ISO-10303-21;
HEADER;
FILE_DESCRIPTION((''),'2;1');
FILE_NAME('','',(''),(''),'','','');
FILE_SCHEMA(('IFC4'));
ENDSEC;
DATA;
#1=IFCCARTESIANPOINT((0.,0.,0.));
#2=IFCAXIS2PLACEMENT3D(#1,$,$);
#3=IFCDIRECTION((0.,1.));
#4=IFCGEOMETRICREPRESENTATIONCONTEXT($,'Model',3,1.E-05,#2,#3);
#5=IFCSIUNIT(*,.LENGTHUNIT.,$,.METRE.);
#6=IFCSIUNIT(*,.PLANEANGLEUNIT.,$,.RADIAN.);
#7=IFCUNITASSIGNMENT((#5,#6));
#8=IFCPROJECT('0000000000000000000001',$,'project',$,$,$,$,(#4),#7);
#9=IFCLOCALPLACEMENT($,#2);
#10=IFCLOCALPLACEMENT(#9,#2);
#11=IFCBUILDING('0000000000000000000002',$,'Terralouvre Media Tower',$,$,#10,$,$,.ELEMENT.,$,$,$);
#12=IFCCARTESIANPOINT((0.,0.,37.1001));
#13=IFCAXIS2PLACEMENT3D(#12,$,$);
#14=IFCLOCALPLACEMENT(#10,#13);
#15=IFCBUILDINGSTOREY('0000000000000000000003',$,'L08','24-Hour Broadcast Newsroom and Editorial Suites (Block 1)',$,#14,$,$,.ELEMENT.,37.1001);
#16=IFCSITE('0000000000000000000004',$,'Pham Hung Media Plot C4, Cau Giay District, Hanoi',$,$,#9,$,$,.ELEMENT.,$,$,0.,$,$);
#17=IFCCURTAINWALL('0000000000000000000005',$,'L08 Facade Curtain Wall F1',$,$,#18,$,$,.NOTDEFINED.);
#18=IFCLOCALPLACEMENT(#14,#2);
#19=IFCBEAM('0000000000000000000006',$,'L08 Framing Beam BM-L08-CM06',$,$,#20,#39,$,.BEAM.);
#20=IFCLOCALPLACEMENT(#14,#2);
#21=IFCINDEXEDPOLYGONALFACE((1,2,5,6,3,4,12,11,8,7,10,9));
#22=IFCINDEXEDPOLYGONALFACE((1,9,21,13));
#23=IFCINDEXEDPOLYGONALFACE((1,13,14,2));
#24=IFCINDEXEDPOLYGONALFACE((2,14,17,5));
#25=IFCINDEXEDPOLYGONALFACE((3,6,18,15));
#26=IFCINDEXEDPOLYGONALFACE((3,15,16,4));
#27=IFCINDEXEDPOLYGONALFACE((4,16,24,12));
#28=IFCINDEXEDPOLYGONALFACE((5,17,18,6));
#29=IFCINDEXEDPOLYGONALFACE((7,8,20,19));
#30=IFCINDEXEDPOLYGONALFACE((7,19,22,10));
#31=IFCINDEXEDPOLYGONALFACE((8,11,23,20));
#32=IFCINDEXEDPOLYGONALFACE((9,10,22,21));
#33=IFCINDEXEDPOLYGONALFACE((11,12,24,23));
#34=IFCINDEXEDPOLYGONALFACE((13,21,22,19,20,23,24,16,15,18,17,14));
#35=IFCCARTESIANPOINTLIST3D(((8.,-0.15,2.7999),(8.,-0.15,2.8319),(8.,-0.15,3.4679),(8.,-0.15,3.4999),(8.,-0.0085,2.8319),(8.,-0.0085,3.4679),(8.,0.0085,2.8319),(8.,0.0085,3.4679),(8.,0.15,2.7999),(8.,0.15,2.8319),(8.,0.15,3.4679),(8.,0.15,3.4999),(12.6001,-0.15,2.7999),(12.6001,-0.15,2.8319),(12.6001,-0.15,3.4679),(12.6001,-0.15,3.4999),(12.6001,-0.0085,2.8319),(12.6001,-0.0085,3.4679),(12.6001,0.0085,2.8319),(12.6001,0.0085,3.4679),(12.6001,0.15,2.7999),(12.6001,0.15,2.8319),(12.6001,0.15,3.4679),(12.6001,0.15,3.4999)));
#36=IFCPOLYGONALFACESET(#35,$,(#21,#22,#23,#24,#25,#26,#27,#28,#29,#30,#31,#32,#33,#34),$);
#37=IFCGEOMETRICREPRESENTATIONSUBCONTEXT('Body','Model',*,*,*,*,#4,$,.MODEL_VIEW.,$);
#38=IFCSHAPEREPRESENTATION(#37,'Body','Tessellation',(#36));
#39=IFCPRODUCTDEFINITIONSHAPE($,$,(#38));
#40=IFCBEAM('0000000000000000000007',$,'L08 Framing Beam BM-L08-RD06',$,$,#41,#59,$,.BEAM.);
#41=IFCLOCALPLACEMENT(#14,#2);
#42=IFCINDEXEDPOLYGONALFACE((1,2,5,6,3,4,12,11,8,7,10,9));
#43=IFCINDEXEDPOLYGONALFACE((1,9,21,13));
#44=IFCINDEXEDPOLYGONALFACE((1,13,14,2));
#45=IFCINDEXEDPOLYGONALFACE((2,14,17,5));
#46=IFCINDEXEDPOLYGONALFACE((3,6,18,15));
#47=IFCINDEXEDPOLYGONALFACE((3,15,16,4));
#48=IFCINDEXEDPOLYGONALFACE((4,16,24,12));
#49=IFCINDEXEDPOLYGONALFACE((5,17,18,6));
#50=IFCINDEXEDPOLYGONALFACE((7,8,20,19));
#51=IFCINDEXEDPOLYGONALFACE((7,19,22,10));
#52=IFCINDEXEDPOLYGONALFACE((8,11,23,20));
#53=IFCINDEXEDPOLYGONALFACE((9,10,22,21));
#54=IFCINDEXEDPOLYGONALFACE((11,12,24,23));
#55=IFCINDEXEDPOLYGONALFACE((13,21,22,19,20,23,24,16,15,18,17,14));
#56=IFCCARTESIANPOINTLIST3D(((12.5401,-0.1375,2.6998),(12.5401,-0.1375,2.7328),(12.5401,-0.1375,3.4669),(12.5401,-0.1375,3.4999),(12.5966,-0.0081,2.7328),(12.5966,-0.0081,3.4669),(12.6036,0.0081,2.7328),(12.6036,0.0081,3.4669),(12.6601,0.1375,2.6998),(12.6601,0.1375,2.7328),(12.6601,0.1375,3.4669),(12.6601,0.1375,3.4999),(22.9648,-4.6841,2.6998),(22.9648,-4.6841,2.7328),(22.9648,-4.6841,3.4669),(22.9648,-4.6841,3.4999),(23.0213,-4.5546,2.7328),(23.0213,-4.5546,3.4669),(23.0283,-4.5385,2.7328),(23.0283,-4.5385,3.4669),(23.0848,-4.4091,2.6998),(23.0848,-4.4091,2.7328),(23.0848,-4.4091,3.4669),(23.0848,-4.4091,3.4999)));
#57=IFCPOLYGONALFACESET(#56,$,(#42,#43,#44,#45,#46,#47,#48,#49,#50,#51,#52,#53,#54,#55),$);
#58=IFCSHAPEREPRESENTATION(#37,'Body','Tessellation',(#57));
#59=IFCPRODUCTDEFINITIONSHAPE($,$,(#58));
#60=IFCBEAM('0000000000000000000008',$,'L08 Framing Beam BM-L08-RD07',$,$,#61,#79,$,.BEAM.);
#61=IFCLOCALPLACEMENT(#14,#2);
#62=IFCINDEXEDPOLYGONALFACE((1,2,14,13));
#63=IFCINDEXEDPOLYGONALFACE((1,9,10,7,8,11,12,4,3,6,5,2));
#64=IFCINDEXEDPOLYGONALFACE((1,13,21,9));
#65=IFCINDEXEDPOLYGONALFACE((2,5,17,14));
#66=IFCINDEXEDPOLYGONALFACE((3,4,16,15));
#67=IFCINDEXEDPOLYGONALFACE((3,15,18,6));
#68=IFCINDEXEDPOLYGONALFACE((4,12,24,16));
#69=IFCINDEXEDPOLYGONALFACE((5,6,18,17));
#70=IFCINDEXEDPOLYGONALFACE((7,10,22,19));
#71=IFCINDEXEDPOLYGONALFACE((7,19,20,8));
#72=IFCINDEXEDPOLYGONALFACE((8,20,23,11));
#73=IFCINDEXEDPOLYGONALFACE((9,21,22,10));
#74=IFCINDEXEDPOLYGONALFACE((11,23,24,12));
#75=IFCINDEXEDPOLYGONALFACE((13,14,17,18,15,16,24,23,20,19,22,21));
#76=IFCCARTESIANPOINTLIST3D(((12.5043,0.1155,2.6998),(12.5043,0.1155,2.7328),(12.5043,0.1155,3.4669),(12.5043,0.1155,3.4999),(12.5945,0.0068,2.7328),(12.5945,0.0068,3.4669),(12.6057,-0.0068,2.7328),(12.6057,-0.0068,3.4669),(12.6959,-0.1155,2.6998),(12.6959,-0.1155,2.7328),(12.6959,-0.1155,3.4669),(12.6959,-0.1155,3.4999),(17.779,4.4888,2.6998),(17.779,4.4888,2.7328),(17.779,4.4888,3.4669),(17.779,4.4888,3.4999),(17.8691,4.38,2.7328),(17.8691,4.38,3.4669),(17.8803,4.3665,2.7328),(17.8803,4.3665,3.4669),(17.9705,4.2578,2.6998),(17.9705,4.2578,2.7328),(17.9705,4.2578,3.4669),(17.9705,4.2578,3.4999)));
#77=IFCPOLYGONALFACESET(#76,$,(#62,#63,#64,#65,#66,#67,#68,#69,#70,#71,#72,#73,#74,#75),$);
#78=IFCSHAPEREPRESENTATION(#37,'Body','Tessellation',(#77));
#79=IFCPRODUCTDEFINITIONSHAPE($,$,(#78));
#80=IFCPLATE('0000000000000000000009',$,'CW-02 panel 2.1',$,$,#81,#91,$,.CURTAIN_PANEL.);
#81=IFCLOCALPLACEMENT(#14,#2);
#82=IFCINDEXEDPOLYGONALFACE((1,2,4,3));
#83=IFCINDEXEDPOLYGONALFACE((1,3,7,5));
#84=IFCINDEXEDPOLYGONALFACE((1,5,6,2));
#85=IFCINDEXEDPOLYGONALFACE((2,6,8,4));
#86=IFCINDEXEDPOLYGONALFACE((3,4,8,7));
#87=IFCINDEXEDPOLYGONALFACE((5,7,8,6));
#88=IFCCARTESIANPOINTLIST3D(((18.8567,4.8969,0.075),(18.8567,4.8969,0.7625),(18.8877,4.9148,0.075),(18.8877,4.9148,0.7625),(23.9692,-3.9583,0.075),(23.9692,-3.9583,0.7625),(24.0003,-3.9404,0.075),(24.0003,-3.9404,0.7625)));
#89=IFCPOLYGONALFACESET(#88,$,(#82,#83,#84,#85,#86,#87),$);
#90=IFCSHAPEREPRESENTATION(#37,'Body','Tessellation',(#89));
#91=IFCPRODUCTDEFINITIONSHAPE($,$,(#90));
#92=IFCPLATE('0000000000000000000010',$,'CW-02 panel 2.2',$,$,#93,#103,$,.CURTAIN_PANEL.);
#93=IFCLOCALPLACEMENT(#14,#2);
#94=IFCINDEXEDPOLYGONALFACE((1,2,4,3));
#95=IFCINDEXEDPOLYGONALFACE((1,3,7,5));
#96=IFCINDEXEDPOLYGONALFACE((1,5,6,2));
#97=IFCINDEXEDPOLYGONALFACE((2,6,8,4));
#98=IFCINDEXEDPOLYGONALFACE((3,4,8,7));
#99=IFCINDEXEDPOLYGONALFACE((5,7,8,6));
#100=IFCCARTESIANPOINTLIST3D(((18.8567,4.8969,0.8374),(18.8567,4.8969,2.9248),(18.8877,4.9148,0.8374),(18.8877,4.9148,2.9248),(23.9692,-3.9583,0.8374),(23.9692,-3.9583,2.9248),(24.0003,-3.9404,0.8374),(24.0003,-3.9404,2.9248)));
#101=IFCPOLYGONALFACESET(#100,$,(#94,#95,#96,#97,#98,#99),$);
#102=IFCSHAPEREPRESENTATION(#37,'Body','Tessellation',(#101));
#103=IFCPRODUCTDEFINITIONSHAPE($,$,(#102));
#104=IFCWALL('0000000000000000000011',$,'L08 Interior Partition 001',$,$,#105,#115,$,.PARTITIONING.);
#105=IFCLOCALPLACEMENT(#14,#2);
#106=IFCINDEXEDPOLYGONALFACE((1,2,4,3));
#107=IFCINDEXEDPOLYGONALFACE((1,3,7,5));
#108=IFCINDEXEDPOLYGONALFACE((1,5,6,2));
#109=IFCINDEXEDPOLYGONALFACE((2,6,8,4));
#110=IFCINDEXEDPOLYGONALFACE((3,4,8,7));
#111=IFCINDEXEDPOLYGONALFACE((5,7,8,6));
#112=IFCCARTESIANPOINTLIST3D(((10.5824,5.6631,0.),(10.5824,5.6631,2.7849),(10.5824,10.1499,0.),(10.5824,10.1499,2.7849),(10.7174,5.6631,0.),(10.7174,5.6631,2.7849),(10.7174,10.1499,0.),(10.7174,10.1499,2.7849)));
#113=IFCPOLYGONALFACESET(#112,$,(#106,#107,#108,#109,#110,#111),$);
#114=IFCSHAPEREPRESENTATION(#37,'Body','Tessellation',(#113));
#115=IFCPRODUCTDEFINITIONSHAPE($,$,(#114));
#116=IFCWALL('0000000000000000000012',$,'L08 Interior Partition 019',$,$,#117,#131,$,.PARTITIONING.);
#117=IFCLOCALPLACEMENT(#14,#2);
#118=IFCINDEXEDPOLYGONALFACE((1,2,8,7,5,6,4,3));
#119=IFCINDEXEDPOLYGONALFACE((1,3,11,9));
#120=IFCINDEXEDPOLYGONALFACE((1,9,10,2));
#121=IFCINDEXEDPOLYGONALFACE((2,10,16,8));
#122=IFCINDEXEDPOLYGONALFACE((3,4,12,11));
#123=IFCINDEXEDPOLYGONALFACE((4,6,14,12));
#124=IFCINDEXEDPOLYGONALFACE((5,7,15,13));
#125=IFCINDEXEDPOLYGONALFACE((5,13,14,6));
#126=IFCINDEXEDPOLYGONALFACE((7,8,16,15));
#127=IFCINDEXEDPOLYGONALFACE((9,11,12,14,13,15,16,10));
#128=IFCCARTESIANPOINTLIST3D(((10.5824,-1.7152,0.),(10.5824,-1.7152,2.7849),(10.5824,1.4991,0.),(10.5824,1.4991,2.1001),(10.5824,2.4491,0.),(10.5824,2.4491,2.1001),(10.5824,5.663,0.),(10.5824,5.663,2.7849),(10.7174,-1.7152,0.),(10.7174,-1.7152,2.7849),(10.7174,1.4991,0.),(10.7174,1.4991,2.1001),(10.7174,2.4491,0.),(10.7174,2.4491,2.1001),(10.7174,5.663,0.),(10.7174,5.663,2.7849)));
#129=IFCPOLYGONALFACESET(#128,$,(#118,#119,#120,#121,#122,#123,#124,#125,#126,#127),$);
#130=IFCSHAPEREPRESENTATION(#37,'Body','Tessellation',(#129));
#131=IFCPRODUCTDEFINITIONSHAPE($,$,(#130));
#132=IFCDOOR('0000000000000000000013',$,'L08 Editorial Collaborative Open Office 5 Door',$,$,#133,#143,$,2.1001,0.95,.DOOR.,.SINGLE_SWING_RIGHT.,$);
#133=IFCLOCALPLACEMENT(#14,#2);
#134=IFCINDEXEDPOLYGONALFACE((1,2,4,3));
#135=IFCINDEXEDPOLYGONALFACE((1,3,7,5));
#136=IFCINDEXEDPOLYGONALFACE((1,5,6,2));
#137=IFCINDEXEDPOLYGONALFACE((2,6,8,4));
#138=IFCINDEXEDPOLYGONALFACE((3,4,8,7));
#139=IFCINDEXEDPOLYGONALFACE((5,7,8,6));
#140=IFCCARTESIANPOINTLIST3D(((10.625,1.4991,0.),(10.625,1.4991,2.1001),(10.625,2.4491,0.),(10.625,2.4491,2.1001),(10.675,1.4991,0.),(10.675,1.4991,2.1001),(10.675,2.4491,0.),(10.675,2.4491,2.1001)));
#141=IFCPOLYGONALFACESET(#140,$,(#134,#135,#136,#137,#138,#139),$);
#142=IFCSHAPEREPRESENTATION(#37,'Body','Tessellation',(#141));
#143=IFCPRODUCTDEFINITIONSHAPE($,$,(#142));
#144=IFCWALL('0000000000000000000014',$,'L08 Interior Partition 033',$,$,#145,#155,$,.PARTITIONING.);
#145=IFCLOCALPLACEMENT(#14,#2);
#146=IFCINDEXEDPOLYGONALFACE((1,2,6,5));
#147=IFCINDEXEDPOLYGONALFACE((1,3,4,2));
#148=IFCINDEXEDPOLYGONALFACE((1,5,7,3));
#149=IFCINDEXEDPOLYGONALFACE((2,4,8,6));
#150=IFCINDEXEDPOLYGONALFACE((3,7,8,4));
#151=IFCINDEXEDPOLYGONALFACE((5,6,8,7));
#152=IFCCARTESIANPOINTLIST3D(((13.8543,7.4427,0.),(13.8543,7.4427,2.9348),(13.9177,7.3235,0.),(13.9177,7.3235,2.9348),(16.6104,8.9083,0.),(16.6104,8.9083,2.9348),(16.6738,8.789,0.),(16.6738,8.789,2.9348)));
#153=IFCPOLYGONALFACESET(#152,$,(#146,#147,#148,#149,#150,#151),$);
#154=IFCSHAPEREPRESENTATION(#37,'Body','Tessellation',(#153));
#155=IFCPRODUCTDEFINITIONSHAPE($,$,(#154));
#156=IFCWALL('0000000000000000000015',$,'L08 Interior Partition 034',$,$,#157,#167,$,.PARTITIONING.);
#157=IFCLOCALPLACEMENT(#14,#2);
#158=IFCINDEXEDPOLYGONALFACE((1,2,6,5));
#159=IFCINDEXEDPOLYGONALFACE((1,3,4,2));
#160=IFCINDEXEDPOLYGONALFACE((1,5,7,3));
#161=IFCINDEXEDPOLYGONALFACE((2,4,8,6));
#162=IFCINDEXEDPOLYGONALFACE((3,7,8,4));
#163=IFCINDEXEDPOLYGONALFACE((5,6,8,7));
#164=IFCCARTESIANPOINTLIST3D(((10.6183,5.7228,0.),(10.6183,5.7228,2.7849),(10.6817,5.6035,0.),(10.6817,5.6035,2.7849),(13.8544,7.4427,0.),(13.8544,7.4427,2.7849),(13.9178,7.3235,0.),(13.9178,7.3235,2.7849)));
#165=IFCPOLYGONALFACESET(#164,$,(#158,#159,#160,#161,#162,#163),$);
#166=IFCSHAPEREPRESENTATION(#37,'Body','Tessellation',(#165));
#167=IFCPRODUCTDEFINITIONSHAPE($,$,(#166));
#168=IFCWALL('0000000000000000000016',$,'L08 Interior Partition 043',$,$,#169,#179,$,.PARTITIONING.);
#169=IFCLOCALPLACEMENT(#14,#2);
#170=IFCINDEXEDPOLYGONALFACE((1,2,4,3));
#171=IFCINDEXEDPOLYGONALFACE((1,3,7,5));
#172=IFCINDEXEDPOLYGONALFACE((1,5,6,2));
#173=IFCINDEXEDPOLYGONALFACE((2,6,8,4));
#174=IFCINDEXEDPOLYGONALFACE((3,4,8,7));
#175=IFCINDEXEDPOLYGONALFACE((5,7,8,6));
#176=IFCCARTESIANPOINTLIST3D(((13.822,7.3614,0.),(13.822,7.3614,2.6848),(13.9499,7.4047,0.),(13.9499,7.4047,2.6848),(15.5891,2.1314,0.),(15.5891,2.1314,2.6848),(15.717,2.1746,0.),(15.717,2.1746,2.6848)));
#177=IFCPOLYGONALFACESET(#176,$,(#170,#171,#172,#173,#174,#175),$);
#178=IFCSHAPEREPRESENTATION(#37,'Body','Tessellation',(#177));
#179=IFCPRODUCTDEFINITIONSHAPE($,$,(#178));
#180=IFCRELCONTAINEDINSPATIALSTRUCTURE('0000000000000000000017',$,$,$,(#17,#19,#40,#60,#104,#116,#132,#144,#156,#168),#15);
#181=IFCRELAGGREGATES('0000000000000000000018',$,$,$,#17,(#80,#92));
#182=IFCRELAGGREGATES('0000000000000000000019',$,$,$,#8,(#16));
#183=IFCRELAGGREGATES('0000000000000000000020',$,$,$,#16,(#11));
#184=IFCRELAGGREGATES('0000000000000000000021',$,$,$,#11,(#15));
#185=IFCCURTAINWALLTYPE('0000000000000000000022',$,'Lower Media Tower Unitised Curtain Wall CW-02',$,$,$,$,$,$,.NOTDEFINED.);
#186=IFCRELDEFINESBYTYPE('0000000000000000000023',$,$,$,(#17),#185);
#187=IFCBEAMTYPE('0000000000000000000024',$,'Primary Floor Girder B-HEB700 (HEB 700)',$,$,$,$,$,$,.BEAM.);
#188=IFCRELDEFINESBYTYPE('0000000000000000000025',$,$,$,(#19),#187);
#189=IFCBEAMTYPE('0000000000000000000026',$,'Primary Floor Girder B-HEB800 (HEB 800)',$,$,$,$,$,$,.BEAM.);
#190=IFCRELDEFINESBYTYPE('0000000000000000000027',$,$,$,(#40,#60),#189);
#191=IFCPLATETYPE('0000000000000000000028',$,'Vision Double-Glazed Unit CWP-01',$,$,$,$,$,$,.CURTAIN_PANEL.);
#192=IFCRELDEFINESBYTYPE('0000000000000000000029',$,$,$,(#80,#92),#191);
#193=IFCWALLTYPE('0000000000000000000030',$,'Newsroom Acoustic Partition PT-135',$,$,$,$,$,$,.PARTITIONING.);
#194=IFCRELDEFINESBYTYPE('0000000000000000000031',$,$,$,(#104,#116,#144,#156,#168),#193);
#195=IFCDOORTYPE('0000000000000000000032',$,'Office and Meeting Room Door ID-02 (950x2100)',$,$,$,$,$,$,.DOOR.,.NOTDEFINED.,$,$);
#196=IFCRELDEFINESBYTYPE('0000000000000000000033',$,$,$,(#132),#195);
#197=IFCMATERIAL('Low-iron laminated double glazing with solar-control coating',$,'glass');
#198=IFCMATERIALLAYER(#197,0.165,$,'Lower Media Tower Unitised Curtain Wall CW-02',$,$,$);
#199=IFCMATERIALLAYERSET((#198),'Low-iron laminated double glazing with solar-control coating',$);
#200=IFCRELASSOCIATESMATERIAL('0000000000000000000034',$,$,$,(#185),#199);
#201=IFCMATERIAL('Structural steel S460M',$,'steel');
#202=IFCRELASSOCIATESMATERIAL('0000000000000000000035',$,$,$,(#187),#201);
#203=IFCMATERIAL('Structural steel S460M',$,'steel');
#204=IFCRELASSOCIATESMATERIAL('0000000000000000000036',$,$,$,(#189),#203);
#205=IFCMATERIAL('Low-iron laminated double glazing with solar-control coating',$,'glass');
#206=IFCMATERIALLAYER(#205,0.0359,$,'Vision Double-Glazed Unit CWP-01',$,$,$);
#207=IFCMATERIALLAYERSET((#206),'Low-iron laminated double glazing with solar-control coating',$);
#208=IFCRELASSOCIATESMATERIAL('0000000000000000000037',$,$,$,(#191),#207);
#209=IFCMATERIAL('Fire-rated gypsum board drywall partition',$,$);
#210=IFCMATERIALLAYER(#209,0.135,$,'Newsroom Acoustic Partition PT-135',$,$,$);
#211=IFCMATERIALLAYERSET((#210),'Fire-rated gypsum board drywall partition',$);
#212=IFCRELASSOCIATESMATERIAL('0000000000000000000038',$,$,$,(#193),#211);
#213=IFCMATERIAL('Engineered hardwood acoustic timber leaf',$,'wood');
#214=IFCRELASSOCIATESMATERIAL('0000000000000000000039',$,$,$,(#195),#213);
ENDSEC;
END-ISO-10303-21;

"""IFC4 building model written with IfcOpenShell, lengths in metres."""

from ifc_helpers import new_model, si_unit, direction, frame, frame_2d, origin, origin_2d, place, context, subcontext, project, spatial, rectangle, i_section, extrude, material, layer, layer_set, material_profile, profile_set, type_object, element, fill, aggregate, save


model = new_model("IFC4")

# Units and contexts
model_context = context("Model", 3, precision=1e-05, world=origin(), true_north=direction((0.0, 1.0)))
body_context = subcontext(model_context, "Body", "Model", "MODEL_VIEW")
ifc_project = project(units=[si_unit("LENGTHUNIT", "METRE"), si_unit("PLANEANGLEUNIT", "RADIAN")], contexts=[model_context])

# Site, building, storey
site_placement = place(None, origin())
site = spatial("IfcSite", under=ifc_project, at=site_placement, Name="Pham Hung Media Plot C4, Cau Giay District, Hanoi", CompositionType="ELEMENT", RefElevation=0.0)
building_placement = place(site_placement, origin())
building = spatial("IfcBuilding", under=site, at=building_placement, Name="Terralouvre Media Tower", CompositionType="ELEMENT")
storey_placement = place(building_placement, frame((0.0, 0.0, 37.1001)))
storey = spatial("IfcBuildingStorey", under=building, at=storey_placement, Name="L08", Description="24-Hour Broadcast Newsroom and Editorial Suites (Block 1)", CompositionType="ELEMENT", Elevation=37.1001)

# Curtain wall
ifc_material_1 = material(Name="Low-iron laminated double glazing with solar-control coating", Category="glass")
ifc_layer_1 = layer(ifc_material_1, 0.165, Name="Lower Media Tower Unitised Curtain Wall CW-02")
ifc_layer_set_1 = layer_set([ifc_layer_1], Name="Low-iron laminated double glazing with solar-control coating")
curtain_wall_type = type_object("IfcCurtainWallType", Name="Lower Media Tower Unitised Curtain Wall CW-02", PredefinedType="NOTDEFINED", material=ifc_layer_set_1)
curtain_wall_placement = place(storey_placement, origin())
curtain_wall = element("IfcCurtainWall", 1, at=curtain_wall_placement, inside=storey, type_object=curtain_wall_type, Name="L08 Facade Curtain Wall F1", PredefinedType="NOTDEFINED")

# Beams
ifc_material_2 = material(Name="Structural steel S460M", Category="steel")
ifc_material_profile_1 = material_profile(ifc_material_2, i_section(OverallWidth=0.3, OverallDepth=0.7, WebThickness=0.0171, FlangeThickness=0.032, at=origin_2d()), Name="HEB 700")
ifc_profile_set_1 = profile_set([ifc_material_profile_1], Name="Structural steel S460M")
beam_type_1 = type_object("IfcBeamType", Name="Primary Floor Girder B-HEB700 (HEB 700)", PredefinedType="BEAM", material=ifc_profile_set_1)
beam_1_placement = place(storey_placement, frame((8.0, 0.0, 3.1499), z_axis=(1.0, 0.0, 0.0), x_axis=(0.0, 1.0, 0.0)))
element("IfcBeam", 2, at=beam_1_placement, inside=storey, type_object=beam_type_1, Name="L08 Framing Beam BM-L08-CM06", PredefinedType="BEAM", context=body_context, shape_type="SweptSolid", body=[
    extrude(i_section(OverallWidth=0.3, OverallDepth=0.7, WebThickness=0.0171, FlangeThickness=0.032, at=origin_2d()), origin(), (0.0, 0.0, 1.0), 4.6001),
])
ifc_material_3 = material(Name="Structural steel S460M", Category="steel")
ifc_material_profile_2 = material_profile(ifc_material_3, i_section(OverallWidth=0.3, OverallDepth=0.8, WebThickness=0.0176, FlangeThickness=0.033, at=origin_2d()), Name="HEB 800")
ifc_profile_set_2 = profile_set([ifc_material_profile_2], Name="Structural steel S460M")
beam_type_2 = type_object("IfcBeamType", Name="Primary Floor Girder B-HEB800 (HEB 800)", PredefinedType="BEAM", material=ifc_profile_set_2)
beam_2_placement = place(storey_placement, frame((12.6001, 0.0, 3.0999), z_axis=(0.916616, -0.399769, 0.0), x_axis=(0.399769, 0.916616, 0.0)))
element("IfcBeam", 3, at=beam_2_placement, inside=storey, type_object=beam_type_2, Name="L08 Framing Beam BM-L08-RD06", PredefinedType="BEAM", context=body_context, shape_type="SweptSolid", body=[
    extrude(i_section(OverallWidth=0.3, OverallDepth=0.8, WebThickness=0.0176, FlangeThickness=0.033, at=origin_2d()), origin(), (0.0, 0.0, 1.0), 11.373),
])
beam_3_placement = place(storey_placement, frame((12.6001, 0.0, 3.0999), z_axis=(0.769816, 0.638265, 0.0), x_axis=(-0.638265, 0.769816, 0.0)))
element("IfcBeam", 4, at=beam_3_placement, inside=storey, type_object=beam_type_2, Name="L08 Framing Beam BM-L08-RD07", PredefinedType="BEAM", context=body_context, shape_type="SweptSolid", body=[
    extrude(i_section(OverallWidth=0.3, OverallDepth=0.8, WebThickness=0.0176, FlangeThickness=0.033, at=origin_2d()), origin(), (0.0, 0.0, 1.0), 6.8518),
])

# Plates
ifc_material_4 = material(Name="Low-iron laminated double glazing with solar-control coating", Category="glass")
ifc_layer_2 = layer(ifc_material_4, 0.0359, Name="Vision Double-Glazed Unit CWP-01")
ifc_layer_set_2 = layer_set([ifc_layer_2], Name="Low-iron laminated double glazing with solar-control coating")
plate_type = type_object("IfcPlateType", Name="Vision Double-Glazed Unit CWP-01", PredefinedType="CURTAIN_PANEL", material=ifc_layer_set_2)
plate_1_placement = place(storey_placement, frame((21.4285, 0.4783, 0.075), z_axis=(0.0, 0.0, 1.0), x_axis=(-0.5, 0.866025, 0.0)))
plate_1 = element("IfcPlate", 5, at=plate_1_placement, type_object=plate_type, Name="CW-02 panel 2.1", PredefinedType="CURTAIN_PANEL", context=body_context, shape_type="SweptSolid", body=[
    extrude(rectangle(XDim=10.2251, YDim=0.0359, at=origin_2d()), origin(), (0.0, 0.0, 1.0), 0.6875),
])
plate_2_placement = place(storey_placement, frame((21.4285, 0.4783, 0.8374), z_axis=(0.0, 0.0, 1.0), x_axis=(-0.5, 0.866025, 0.0)))
plate_2 = element("IfcPlate", 6, at=plate_2_placement, type_object=plate_type, Name="CW-02 panel 2.2", PredefinedType="CURTAIN_PANEL", context=body_context, shape_type="SweptSolid", body=[
    extrude(rectangle(XDim=10.2251, YDim=0.0359, at=origin_2d()), origin(), (0.0, 0.0, 1.0), 2.0874),
])
aggregate(curtain_wall, [plate_1, plate_2])

# Wall
ifc_material_5 = material(Name="Fire-rated gypsum board drywall partition")
ifc_layer_3 = layer(ifc_material_5, 0.135, Name="Newsroom Acoustic Partition PT-135")
ifc_layer_set_3 = layer_set([ifc_layer_3], Name="Fire-rated gypsum board drywall partition")
wall_type = type_object("IfcWallType", Name="Newsroom Acoustic Partition PT-135", PredefinedType="PARTITIONING", material=ifc_layer_set_3)
wall_1_placement = place(storey_placement, frame((10.6499, 5.6631, 0.0), z_axis=(0.0, 0.0, 1.0), x_axis=(0.0, 1.0, 0.0)))
element("IfcWall", 7, at=wall_1_placement, inside=storey, type_object=wall_type, Name="L08 Interior Partition 001", PredefinedType="PARTITIONING", context=body_context, shape_type="SweptSolid", body=[
    extrude(rectangle(XDim=4.4868, YDim=0.135, at=frame_2d((2.2434, 0.0))), origin(), (0.0, 0.0, 1.0), 2.7849),
])

# Wall, opening, door
wall_2_placement = place(storey_placement, frame((10.6499, -1.7151, 0.0), z_axis=(0.0, 0.0, 1.0), x_axis=(0.0, 1.0, 0.0)))
wall_2 = element("IfcWall", 8, at=wall_2_placement, inside=storey, type_object=wall_type, Name="L08 Interior Partition 019", PredefinedType="PARTITIONING", context=body_context, shape_type="SweptSolid", body=[
    extrude(rectangle(XDim=7.3782, YDim=0.135, at=frame_2d((3.689, 0.0))), origin(), (0.0, 0.0, 1.0), 2.7849),
])
opening_placement = place(wall_2_placement, frame((3.2141, 0.0, 0.0)))
opening = element("IfcOpeningElement", 9, at=opening_placement, cuts=wall_2, PredefinedType="OPENING", context=body_context, shape_type="SweptSolid", body=[
    extrude(rectangle(XDim=0.95, YDim=2.1001, at=frame_2d((0.4751, 1.05))), frame((0.0, 0.0774, 0.0), z_axis=(0.0, -1.0, 0.0), x_axis=(1.0, 0.0, 0.0)), (0.0, 0.0, 1.0), 0.155),
])
ifc_material_6 = material(Name="Engineered hardwood acoustic timber leaf", Category="wood")
door_type = type_object("IfcDoorType", Name="Office and Meeting Room Door ID-02 (950x2100)", OperationType="NOTDEFINED", PredefinedType="DOOR", material=ifc_material_6)
door_placement = place(opening_placement, origin())
door = element("IfcDoor", 10, at=door_placement, inside=storey, type_object=door_type, Name="L08 Editorial Collaborative Open Office 5 Door", OperationType="SINGLE_SWING_RIGHT", OverallHeight=2.1001, OverallWidth=0.95, PredefinedType="DOOR", context=body_context, shape_type="SweptSolid", body=[
    extrude(rectangle(XDim=0.95, YDim=2.1001, at=frame_2d((0.4751, 1.05))), frame((0.0, 0.0249, 0.0), z_axis=(0.0, -1.0, 0.0), x_axis=(1.0, 0.0, 0.0)), (0.0, 0.0, 1.0), 0.05),
])
fill(opening, door)

# Walls
wall_3_placement = place(storey_placement, frame((13.886, 7.3831, 0.0), z_axis=(0.0, 0.0, 1.0), x_axis=(0.88293, 0.469504, 0.0)))
element("IfcWall", 11, at=wall_3_placement, inside=storey, type_object=wall_type, Name="L08 Interior Partition 033", PredefinedType="PARTITIONING", context=body_context, shape_type="SweptSolid", body=[
    extrude(rectangle(XDim=3.1216, YDim=0.135, at=frame_2d((1.5608, 0.0))), origin(), (0.0, 0.0, 1.0), 2.9348),
])
wall_4_placement = place(storey_placement, frame((10.6499, 5.6631, 0.0), z_axis=(0.0, 0.0, 1.0), x_axis=(0.883025, 0.469326, 0.0)))
element("IfcWall", 12, at=wall_4_placement, inside=storey, type_object=wall_type, Name="L08 Interior Partition 034", PredefinedType="PARTITIONING", context=body_context, shape_type="SweptSolid", body=[
    extrude(rectangle(XDim=3.6648, YDim=0.135, at=frame_2d((1.8325, 0.0))), origin(), (0.0, 0.0, 1.0), 2.7849),
])
wall_5_placement = place(storey_placement, frame((13.886, 7.3831, 0.0), z_axis=(0.0, 0.0, 1.0), x_axis=(0.320099, -0.947384, 0.0)))
element("IfcWall", 13, at=wall_5_placement, inside=storey, type_object=wall_type, Name="L08 Interior Partition 043", PredefinedType="PARTITIONING", context=body_context, shape_type="SweptSolid", body=[
    extrude(rectangle(XDim=5.5205, YDim=0.135, at=frame_2d((2.7603, 0.0))), origin(), (0.0, 0.0, 1.0), 2.6848),
])

save(model, "model.ifc")
